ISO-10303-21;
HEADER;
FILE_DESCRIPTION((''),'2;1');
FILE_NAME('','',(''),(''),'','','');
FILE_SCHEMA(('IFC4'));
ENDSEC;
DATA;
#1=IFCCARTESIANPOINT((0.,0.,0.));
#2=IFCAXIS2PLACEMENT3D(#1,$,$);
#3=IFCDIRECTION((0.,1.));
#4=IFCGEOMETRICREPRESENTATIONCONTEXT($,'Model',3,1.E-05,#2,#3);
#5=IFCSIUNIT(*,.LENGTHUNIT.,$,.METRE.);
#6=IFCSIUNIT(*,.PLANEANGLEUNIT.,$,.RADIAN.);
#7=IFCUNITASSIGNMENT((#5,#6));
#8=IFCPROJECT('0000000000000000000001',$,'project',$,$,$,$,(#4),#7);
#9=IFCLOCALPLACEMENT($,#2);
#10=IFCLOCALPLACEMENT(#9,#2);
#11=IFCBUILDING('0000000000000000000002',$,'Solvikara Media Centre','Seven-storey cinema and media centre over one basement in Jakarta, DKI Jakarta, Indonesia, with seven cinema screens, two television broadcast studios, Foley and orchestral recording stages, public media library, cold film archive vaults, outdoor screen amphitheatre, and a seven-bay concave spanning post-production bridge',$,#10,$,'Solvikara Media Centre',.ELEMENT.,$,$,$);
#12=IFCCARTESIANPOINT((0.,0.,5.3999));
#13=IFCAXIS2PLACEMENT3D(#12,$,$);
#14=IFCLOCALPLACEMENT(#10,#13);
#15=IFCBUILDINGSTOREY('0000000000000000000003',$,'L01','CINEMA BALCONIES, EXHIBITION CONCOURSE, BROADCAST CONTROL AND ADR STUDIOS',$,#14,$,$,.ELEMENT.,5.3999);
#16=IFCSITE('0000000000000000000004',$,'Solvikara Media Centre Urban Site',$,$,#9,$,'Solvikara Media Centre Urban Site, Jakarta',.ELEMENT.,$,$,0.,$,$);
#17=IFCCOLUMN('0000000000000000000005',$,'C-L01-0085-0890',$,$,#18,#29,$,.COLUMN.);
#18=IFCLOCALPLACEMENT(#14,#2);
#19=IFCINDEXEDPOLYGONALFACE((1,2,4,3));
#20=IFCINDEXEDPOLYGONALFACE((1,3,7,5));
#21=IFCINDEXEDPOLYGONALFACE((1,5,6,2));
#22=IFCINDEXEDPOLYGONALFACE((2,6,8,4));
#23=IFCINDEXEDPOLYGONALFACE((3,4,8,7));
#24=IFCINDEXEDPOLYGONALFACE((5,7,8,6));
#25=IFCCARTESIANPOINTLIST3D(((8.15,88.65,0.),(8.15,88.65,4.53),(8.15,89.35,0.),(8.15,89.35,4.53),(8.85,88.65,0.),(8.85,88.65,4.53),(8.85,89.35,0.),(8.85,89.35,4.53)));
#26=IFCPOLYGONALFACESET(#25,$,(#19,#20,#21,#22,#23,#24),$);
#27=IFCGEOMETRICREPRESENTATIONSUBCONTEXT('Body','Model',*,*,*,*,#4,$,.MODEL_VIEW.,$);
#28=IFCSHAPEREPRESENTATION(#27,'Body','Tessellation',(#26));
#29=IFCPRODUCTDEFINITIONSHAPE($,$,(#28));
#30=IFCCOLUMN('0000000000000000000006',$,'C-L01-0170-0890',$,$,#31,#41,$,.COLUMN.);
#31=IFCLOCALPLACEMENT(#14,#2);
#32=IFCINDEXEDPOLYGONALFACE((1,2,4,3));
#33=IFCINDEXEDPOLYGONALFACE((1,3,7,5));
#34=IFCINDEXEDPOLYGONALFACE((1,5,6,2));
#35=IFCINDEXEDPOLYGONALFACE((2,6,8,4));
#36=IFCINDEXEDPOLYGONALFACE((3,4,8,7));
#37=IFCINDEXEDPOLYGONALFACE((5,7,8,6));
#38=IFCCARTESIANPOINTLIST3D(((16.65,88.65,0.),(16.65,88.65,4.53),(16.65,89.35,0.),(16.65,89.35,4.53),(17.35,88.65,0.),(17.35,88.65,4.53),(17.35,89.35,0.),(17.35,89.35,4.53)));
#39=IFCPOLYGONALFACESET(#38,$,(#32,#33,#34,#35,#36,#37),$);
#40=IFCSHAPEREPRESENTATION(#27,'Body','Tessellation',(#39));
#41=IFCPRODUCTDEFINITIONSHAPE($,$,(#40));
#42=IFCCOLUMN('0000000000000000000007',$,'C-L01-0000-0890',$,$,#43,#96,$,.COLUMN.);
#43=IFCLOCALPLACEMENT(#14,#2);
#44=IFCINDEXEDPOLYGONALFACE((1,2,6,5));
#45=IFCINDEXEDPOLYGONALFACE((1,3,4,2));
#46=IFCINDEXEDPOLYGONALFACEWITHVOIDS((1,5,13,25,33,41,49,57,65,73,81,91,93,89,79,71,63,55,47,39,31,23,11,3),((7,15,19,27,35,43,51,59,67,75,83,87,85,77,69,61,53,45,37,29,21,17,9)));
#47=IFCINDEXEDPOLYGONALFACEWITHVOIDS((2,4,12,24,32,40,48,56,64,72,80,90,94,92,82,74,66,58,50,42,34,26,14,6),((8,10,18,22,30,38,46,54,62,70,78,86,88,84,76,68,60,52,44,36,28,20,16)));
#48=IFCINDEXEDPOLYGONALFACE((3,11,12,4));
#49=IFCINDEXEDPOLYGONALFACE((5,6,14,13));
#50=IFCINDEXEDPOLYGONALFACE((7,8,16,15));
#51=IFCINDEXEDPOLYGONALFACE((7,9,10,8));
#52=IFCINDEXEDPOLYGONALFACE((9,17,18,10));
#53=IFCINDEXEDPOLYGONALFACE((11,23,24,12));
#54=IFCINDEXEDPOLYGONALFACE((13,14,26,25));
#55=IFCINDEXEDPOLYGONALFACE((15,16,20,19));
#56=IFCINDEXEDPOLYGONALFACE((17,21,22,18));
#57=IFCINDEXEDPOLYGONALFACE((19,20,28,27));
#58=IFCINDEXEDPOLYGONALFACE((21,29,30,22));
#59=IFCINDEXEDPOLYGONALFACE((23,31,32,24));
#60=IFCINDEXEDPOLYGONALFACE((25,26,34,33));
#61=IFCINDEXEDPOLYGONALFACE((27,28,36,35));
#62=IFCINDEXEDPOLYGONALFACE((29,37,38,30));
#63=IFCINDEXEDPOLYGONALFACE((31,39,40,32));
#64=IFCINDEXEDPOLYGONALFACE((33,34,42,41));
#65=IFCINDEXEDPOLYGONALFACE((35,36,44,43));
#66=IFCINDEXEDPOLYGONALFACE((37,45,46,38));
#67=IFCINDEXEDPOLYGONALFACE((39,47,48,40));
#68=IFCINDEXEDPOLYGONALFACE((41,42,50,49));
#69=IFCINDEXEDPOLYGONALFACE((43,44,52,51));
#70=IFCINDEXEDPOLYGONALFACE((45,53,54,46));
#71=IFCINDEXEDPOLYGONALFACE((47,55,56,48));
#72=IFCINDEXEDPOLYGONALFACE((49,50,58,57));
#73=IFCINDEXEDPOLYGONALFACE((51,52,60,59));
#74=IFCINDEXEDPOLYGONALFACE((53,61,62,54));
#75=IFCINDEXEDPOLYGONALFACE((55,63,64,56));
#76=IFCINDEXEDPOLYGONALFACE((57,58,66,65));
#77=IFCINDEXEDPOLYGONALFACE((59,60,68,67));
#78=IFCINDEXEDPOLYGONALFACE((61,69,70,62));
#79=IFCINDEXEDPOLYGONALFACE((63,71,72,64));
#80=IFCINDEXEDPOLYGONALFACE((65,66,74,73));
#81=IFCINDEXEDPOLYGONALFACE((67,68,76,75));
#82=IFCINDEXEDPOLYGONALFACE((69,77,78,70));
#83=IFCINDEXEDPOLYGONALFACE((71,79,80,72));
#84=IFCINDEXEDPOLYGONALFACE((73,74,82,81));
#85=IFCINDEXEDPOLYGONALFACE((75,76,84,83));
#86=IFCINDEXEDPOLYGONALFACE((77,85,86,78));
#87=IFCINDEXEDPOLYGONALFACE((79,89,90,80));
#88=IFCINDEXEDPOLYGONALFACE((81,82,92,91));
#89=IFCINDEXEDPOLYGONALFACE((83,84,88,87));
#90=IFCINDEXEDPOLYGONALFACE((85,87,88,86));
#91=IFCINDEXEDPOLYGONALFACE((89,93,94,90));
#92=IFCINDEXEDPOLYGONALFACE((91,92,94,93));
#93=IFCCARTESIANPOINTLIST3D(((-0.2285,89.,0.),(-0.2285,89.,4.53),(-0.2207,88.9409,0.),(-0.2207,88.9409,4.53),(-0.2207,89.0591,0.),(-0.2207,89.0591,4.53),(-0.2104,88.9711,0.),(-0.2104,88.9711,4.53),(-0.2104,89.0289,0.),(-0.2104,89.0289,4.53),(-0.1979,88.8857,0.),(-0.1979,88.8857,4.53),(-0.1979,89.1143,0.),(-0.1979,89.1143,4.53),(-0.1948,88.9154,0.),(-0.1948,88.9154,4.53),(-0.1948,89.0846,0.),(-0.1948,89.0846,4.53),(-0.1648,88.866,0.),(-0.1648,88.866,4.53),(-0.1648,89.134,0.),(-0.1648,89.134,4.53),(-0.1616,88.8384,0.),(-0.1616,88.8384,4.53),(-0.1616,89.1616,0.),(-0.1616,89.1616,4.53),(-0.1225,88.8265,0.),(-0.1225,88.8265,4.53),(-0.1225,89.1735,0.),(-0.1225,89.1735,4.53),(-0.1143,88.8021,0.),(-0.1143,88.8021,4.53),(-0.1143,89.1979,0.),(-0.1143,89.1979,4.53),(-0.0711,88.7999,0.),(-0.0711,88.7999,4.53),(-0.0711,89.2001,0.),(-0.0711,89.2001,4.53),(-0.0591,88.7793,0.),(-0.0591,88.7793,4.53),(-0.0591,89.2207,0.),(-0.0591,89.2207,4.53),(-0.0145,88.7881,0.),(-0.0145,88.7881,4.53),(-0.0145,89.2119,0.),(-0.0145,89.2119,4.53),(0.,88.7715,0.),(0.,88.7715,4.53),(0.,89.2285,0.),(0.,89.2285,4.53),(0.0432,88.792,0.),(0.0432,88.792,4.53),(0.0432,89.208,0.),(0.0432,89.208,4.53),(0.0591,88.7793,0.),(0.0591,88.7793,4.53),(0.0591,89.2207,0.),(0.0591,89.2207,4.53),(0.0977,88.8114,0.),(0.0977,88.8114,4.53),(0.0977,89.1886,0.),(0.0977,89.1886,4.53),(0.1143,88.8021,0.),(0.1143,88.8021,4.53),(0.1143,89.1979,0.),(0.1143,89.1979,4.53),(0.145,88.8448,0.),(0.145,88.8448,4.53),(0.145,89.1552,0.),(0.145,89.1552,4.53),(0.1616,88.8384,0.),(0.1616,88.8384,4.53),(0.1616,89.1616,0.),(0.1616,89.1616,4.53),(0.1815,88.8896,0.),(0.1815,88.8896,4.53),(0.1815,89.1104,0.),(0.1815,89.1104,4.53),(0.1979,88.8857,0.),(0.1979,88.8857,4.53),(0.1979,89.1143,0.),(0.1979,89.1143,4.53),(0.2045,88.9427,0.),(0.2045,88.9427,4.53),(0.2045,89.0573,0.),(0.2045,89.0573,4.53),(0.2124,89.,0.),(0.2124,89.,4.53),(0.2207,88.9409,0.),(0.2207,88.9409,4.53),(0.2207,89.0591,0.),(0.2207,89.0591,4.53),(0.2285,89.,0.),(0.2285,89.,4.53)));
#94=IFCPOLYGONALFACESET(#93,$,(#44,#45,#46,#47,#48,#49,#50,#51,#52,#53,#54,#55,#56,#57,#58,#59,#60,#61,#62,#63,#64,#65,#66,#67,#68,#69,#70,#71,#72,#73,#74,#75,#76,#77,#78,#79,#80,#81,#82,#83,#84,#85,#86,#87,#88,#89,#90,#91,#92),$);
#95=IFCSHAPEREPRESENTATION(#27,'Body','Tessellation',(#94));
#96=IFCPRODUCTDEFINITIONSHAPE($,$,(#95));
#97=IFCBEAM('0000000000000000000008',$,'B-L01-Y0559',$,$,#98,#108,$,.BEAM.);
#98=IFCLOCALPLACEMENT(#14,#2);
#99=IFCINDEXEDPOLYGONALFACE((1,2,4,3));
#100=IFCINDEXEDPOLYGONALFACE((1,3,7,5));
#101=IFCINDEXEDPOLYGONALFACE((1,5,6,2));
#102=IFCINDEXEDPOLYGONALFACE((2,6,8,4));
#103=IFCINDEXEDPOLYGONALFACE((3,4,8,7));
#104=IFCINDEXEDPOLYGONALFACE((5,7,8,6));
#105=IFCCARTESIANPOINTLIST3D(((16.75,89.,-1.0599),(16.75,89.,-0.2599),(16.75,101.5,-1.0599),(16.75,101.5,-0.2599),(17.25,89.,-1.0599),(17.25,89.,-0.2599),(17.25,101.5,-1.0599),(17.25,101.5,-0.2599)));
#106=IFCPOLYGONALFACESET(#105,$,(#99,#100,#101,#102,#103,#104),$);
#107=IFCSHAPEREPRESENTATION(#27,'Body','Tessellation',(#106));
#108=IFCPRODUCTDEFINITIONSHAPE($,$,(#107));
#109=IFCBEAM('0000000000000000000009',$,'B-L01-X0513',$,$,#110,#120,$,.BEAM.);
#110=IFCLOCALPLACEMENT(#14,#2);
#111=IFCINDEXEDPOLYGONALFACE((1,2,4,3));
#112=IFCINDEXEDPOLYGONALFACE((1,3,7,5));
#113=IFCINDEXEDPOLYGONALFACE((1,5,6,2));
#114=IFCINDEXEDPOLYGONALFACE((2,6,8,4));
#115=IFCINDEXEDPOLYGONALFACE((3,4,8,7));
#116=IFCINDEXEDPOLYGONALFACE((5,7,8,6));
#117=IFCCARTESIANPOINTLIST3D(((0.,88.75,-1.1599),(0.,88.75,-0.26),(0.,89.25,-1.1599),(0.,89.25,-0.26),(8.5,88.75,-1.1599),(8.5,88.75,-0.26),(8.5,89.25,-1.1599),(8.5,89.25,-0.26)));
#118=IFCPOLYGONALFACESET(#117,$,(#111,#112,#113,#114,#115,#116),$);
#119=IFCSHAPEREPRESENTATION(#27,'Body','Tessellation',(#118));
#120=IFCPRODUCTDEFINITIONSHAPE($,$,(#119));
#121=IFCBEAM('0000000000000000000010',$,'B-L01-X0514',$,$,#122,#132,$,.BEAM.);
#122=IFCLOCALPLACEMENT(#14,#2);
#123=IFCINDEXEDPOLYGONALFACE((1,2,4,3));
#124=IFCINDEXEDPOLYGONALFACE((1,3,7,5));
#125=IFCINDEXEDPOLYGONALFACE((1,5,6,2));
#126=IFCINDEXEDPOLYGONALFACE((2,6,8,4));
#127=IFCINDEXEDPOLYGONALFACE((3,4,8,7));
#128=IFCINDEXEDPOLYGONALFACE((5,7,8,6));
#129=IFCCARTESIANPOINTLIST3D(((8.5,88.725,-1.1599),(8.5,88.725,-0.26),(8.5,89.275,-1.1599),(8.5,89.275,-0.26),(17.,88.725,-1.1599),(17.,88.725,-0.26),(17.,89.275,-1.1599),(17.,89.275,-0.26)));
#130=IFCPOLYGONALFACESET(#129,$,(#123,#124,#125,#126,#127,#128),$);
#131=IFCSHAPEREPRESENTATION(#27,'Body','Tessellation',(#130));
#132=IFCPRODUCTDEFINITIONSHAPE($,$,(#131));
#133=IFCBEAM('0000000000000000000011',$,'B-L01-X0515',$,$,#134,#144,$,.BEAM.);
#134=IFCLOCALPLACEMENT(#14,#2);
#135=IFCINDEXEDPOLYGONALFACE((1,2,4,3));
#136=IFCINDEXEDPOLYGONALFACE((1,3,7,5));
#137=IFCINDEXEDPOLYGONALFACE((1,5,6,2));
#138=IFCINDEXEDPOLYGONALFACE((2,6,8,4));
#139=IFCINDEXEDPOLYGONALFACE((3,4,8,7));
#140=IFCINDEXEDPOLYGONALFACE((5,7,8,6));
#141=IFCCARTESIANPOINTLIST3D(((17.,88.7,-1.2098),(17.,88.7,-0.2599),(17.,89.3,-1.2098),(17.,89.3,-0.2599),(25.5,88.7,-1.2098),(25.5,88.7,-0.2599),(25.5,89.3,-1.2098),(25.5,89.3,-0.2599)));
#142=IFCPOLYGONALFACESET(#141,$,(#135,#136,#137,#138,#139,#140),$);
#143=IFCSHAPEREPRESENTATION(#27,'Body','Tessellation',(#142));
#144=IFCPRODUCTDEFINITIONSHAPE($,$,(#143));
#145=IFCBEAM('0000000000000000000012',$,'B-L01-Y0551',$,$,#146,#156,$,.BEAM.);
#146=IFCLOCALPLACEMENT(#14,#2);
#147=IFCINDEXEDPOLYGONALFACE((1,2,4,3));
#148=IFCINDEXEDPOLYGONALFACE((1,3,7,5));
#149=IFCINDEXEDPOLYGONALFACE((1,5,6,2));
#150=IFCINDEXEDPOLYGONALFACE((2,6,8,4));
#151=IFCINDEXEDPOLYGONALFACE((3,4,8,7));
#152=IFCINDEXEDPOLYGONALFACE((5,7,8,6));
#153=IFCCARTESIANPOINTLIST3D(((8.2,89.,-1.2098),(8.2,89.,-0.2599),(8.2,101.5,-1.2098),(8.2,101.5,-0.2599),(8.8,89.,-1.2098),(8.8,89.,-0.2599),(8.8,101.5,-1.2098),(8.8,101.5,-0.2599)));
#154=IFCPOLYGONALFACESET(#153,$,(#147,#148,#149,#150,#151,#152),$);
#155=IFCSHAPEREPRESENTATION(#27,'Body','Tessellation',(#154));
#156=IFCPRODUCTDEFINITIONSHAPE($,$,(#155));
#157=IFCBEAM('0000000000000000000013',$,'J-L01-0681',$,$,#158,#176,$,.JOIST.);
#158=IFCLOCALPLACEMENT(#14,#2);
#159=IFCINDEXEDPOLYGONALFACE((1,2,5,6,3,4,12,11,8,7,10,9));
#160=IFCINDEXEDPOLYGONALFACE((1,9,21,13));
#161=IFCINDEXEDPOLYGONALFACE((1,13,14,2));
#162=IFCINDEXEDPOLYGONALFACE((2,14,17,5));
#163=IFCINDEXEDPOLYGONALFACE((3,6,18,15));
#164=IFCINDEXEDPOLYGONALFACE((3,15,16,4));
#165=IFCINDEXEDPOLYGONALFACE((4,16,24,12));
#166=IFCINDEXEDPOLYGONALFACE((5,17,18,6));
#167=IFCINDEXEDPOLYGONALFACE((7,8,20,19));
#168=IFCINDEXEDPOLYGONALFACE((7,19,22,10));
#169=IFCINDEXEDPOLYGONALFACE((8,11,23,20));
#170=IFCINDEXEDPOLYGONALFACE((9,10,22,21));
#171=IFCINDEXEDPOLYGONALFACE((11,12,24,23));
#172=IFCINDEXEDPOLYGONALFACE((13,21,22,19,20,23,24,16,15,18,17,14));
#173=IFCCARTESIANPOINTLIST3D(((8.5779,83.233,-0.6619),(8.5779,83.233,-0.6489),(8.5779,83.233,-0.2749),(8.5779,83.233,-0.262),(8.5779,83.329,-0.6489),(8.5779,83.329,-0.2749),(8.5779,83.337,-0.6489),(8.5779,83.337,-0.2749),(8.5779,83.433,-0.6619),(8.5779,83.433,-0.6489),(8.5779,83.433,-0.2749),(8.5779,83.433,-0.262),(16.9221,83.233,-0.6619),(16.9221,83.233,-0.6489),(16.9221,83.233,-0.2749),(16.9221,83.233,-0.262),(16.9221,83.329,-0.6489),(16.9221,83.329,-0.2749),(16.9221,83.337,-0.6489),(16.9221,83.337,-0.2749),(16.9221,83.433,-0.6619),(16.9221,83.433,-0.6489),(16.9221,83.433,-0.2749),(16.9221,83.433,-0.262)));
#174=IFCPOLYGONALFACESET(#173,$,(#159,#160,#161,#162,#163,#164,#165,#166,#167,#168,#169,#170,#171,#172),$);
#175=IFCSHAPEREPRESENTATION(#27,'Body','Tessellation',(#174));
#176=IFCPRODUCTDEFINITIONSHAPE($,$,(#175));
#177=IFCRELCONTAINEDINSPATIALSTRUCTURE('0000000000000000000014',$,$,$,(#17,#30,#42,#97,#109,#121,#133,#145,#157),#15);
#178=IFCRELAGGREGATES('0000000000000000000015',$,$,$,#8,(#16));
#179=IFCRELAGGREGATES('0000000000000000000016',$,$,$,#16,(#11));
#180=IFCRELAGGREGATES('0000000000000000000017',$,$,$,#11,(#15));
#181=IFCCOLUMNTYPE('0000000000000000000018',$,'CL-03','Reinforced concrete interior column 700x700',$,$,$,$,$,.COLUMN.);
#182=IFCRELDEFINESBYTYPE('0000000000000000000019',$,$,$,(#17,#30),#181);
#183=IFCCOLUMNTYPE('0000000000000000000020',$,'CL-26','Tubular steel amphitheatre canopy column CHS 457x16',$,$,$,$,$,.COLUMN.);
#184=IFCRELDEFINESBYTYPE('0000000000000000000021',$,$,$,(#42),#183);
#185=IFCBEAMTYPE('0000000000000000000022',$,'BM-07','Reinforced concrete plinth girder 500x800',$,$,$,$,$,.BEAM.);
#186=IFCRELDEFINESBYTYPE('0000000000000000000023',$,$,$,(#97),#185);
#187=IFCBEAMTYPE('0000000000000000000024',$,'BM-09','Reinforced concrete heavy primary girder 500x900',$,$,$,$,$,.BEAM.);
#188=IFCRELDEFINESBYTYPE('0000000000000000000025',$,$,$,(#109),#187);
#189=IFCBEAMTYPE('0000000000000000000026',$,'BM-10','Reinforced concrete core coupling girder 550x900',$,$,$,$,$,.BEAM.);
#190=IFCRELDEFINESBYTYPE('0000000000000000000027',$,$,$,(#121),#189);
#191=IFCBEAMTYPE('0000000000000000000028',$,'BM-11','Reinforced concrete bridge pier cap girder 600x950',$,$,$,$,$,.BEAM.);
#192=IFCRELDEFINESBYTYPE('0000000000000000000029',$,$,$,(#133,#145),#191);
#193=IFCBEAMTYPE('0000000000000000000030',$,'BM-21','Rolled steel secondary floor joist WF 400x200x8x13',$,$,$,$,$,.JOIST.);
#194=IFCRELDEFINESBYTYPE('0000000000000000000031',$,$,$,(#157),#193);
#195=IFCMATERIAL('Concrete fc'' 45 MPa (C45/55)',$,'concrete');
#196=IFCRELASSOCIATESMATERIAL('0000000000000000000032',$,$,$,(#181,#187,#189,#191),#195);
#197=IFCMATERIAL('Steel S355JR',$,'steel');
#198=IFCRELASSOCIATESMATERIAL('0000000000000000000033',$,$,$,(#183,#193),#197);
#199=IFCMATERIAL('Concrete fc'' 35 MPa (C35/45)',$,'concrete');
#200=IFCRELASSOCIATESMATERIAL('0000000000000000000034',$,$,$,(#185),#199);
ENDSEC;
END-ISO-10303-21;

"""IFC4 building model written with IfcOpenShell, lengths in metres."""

from ifc_helpers import new_model, si_unit, direction, frame, origin, origin_2d, place, context, subcontext, project, spatial, rectangle, hollow_circle, i_section, extrude, material, material_profile, profile_set, type_object, element, save


model = new_model("IFC4")

# Units and contexts
model_context = context("Model", 3, precision=1e-05, world=origin(), true_north=direction((0.0, 1.0)))
body_context = subcontext(model_context, "Body", "Model", "MODEL_VIEW")
ifc_project = project(units=[si_unit("LENGTHUNIT", "METRE"), si_unit("PLANEANGLEUNIT", "RADIAN")], contexts=[model_context])

# Site, building, storey
site_placement = place(None, origin())
site = spatial("IfcSite", under=ifc_project, at=site_placement, Name="Solvikara Media Centre Urban Site", LongName="Solvikara Media Centre Urban Site, Jakarta", CompositionType="ELEMENT", RefElevation=0.0)
building_placement = place(site_placement, origin())
building = spatial("IfcBuilding", under=site, at=building_placement, Name="Solvikara Media Centre", Description="Seven-storey cinema and media centre over one basement in Jakarta, DKI Jakarta, Indonesia, with seven cinema screens, two television broadcast studios, Foley and orchestral recording stages, public media library, cold film archive vaults, outdoor screen amphitheatre, and a seven-bay concave spanning post-production bridge", LongName="Solvikara Media Centre", CompositionType="ELEMENT")
storey_placement = place(building_placement, frame((0.0, 0.0, 5.3999)))
storey = spatial("IfcBuildingStorey", under=building, at=storey_placement, Name="L01", Description="CINEMA BALCONIES, EXHIBITION CONCOURSE, BROADCAST CONTROL AND ADR STUDIOS", CompositionType="ELEMENT", Elevation=5.3999)

# Columns
ifc_material_1 = material(Name="Concrete fc' 45 MPa (C45/55)", Category="concrete")
ifc_material_profile_1 = material_profile(ifc_material_1, rectangle(XDim=0.7, YDim=0.7, at=origin_2d()), Name="RC 700x700")
ifc_profile_set_1 = profile_set([ifc_material_profile_1], Name="Concrete fc' 45 MPa (C45/55)")
column_type_1 = type_object("IfcColumnType", Name="CL-03", Description="Reinforced concrete interior column 700x700", PredefinedType="COLUMN", material=ifc_profile_set_1)
for number, where, z_axis, x_axis, name in (
    (1, (8.5, 89.0, 0.0), (0.0, 0.0, 1.0), (1.0, 0.0, 0.0), "C-L01-0085-0890"),
    (2, (17.0, 89.0, 0.0), (0.0, 0.0, 1.0), (1.0, 0.0, 0.0), "C-L01-0170-0890"),
):
    element("IfcColumn", number, at=place(storey_placement, frame(where, z_axis=z_axis, x_axis=x_axis)), inside=storey, type_object=column_type_1, Name=name, PredefinedType="COLUMN", context=body_context, shape_type="SweptSolid", body=[
        extrude(rectangle(XDim=0.7, YDim=0.7, at=origin_2d()), origin(), (0.0, 0.0, 1.0), 4.53),
    ])
ifc_material_2 = material(Name="Steel S355JR", Category="steel")
ifc_material_profile_2 = material_profile(ifc_material_2, hollow_circle(Radius=0.2285, WallThickness=0.0161, at=origin_2d()), Name="CHS 457x16")
ifc_profile_set_2 = profile_set([ifc_material_profile_2], Name="Steel S355JR")
column_type_2 = type_object("IfcColumnType", Name="CL-26", Description="Tubular steel amphitheatre canopy column CHS 457x16", PredefinedType="COLUMN", material=ifc_profile_set_2)
column_placement = place(storey_placement, frame((0.0, 89.0, 0.0), z_axis=(0.0, 0.0, 1.0), x_axis=(1.0, 0.0, 0.0)))
element("IfcColumn", 3, at=column_placement, inside=storey, type_object=column_type_2, Name="C-L01-0000-0890", PredefinedType="COLUMN", context=body_context, shape_type="SweptSolid", body=[
    extrude(hollow_circle(Radius=0.2285, WallThickness=0.0161, at=origin_2d()), origin(), (0.0, 0.0, 1.0), 4.53),
])

# Beams
ifc_material_3 = material(Name="Concrete fc' 35 MPa (C35/45)", Category="concrete")
ifc_material_profile_3 = material_profile(ifc_material_3, rectangle(XDim=0.5, YDim=0.8, at=origin_2d()), Name="RC 500x800")
ifc_profile_set_3 = profile_set([ifc_material_profile_3], Name="Concrete fc' 35 MPa (C35/45)")
beam_type_1 = type_object("IfcBeamType", Name="BM-07", Description="Reinforced concrete plinth girder 500x800", PredefinedType="BEAM", material=ifc_profile_set_3)
beam_1_placement = place(storey_placement, frame((17.0, 89.0, -0.6599), z_axis=(0.0, 1.0, 0.0), x_axis=(-1.0, 0.0, 0.0)))
element("IfcBeam", 4, at=beam_1_placement, inside=storey, type_object=beam_type_1, Name="B-L01-Y0559", PredefinedType="BEAM", context=body_context, shape_type="SweptSolid", body=[
    extrude(rectangle(XDim=0.5, YDim=0.8, at=origin_2d()), origin(), (0.0, 0.0, 1.0), 12.5),
])
ifc_material_profile_4 = material_profile(ifc_material_1, rectangle(XDim=0.5, YDim=0.8999, at=origin_2d()), Name="RC 500x900")
ifc_profile_set_4 = profile_set([ifc_material_profile_4], Name="Concrete fc' 45 MPa (C45/55)")
beam_type_2 = type_object("IfcBeamType", Name="BM-09", Description="Reinforced concrete heavy primary girder 500x900", PredefinedType="BEAM", material=ifc_profile_set_4)
beam_2_placement = place(storey_placement, frame((0.0, 89.0, -0.71), z_axis=(1.0, 0.0, 0.0), x_axis=(0.0, 1.0, 0.0)))
element("IfcBeam", 5, at=beam_2_placement, inside=storey, type_object=beam_type_2, Name="B-L01-X0513", PredefinedType="BEAM", context=body_context, shape_type="SweptSolid", body=[
    extrude(rectangle(XDim=0.5, YDim=0.8999, at=origin_2d()), origin(), (0.0, 0.0, 1.0), 8.5),
])
ifc_material_profile_5 = material_profile(ifc_material_1, rectangle(XDim=0.55, YDim=0.8999, at=origin_2d()), Name="RC 550x900")
ifc_profile_set_5 = profile_set([ifc_material_profile_5], Name="Concrete fc' 45 MPa (C45/55)")
beam_type_3 = type_object("IfcBeamType", Name="BM-10", Description="Reinforced concrete core coupling girder 550x900", PredefinedType="BEAM", material=ifc_profile_set_5)
beam_3_placement = place(storey_placement, frame((8.5, 89.0, -0.71), z_axis=(1.0, 0.0, 0.0), x_axis=(0.0, 1.0, 0.0)))
element("IfcBeam", 6, at=beam_3_placement, inside=storey, type_object=beam_type_3, Name="B-L01-X0514", PredefinedType="BEAM", context=body_context, shape_type="SweptSolid", body=[
    extrude(rectangle(XDim=0.55, YDim=0.8999, at=origin_2d()), origin(), (0.0, 0.0, 1.0), 8.5),
])
ifc_material_profile_6 = material_profile(ifc_material_1, rectangle(XDim=0.6001, YDim=0.95, at=origin_2d()), Name="RC 600x950")
ifc_profile_set_6 = profile_set([ifc_material_profile_6], Name="Concrete fc' 45 MPa (C45/55)")
beam_type_4 = type_object("IfcBeamType", Name="BM-11", Description="Reinforced concrete bridge pier cap girder 600x950", PredefinedType="BEAM", material=ifc_profile_set_6)
beam_4_placement = place(storey_placement, frame((17.0, 89.0, -0.7349), z_axis=(1.0, 0.0, 0.0), x_axis=(0.0, 1.0, 0.0)))
element("IfcBeam", 7, at=beam_4_placement, inside=storey, type_object=beam_type_4, Name="B-L01-X0515", PredefinedType="BEAM", context=body_context, shape_type="SweptSolid", body=[
    extrude(rectangle(XDim=0.6001, YDim=0.95, at=origin_2d()), origin(), (0.0, 0.0, 1.0), 8.5),
])
beam_5_placement = place(storey_placement, frame((8.5, 89.0, -0.7349), z_axis=(0.0, 1.0, 0.0), x_axis=(-1.0, 0.0, 0.0)))
element("IfcBeam", 8, at=beam_5_placement, inside=storey, type_object=beam_type_4, Name="B-L01-Y0551", PredefinedType="BEAM", context=body_context, shape_type="SweptSolid", body=[
    extrude(rectangle(XDim=0.6001, YDim=0.95, at=origin_2d()), origin(), (0.0, 0.0, 1.0), 12.5),
])
ifc_material_profile_7 = material_profile(ifc_material_2, i_section(OverallWidth=0.2, OverallDepth=0.3999, WebThickness=0.0081, FlangeThickness=0.0129, at=origin_2d()), Name="WF 400x200x8x13")
ifc_profile_set_7 = profile_set([ifc_material_profile_7], Name="Steel S355JR")
beam_type_5 = type_object("IfcBeamType", Name="BM-21", Description="Rolled steel secondary floor joist WF 400x200x8x13", PredefinedType="JOIST", material=ifc_profile_set_7)
beam_6_placement = place(storey_placement, frame((8.5779, 83.333, -0.4619), z_axis=(1.0, 0.0, 0.0), x_axis=(0.0, 1.0, 0.0)))
element("IfcBeam", 9, at=beam_6_placement, inside=storey, type_object=beam_type_5, Name="J-L01-0681", PredefinedType="JOIST", context=body_context, shape_type="SweptSolid", body=[
    extrude(i_section(OverallWidth=0.2, OverallDepth=0.3999, WebThickness=0.0081, FlangeThickness=0.0129, at=origin_2d()), origin(), (0.0, 0.0, 1.0), 8.3442),
])

save(model, "model.ifc")
